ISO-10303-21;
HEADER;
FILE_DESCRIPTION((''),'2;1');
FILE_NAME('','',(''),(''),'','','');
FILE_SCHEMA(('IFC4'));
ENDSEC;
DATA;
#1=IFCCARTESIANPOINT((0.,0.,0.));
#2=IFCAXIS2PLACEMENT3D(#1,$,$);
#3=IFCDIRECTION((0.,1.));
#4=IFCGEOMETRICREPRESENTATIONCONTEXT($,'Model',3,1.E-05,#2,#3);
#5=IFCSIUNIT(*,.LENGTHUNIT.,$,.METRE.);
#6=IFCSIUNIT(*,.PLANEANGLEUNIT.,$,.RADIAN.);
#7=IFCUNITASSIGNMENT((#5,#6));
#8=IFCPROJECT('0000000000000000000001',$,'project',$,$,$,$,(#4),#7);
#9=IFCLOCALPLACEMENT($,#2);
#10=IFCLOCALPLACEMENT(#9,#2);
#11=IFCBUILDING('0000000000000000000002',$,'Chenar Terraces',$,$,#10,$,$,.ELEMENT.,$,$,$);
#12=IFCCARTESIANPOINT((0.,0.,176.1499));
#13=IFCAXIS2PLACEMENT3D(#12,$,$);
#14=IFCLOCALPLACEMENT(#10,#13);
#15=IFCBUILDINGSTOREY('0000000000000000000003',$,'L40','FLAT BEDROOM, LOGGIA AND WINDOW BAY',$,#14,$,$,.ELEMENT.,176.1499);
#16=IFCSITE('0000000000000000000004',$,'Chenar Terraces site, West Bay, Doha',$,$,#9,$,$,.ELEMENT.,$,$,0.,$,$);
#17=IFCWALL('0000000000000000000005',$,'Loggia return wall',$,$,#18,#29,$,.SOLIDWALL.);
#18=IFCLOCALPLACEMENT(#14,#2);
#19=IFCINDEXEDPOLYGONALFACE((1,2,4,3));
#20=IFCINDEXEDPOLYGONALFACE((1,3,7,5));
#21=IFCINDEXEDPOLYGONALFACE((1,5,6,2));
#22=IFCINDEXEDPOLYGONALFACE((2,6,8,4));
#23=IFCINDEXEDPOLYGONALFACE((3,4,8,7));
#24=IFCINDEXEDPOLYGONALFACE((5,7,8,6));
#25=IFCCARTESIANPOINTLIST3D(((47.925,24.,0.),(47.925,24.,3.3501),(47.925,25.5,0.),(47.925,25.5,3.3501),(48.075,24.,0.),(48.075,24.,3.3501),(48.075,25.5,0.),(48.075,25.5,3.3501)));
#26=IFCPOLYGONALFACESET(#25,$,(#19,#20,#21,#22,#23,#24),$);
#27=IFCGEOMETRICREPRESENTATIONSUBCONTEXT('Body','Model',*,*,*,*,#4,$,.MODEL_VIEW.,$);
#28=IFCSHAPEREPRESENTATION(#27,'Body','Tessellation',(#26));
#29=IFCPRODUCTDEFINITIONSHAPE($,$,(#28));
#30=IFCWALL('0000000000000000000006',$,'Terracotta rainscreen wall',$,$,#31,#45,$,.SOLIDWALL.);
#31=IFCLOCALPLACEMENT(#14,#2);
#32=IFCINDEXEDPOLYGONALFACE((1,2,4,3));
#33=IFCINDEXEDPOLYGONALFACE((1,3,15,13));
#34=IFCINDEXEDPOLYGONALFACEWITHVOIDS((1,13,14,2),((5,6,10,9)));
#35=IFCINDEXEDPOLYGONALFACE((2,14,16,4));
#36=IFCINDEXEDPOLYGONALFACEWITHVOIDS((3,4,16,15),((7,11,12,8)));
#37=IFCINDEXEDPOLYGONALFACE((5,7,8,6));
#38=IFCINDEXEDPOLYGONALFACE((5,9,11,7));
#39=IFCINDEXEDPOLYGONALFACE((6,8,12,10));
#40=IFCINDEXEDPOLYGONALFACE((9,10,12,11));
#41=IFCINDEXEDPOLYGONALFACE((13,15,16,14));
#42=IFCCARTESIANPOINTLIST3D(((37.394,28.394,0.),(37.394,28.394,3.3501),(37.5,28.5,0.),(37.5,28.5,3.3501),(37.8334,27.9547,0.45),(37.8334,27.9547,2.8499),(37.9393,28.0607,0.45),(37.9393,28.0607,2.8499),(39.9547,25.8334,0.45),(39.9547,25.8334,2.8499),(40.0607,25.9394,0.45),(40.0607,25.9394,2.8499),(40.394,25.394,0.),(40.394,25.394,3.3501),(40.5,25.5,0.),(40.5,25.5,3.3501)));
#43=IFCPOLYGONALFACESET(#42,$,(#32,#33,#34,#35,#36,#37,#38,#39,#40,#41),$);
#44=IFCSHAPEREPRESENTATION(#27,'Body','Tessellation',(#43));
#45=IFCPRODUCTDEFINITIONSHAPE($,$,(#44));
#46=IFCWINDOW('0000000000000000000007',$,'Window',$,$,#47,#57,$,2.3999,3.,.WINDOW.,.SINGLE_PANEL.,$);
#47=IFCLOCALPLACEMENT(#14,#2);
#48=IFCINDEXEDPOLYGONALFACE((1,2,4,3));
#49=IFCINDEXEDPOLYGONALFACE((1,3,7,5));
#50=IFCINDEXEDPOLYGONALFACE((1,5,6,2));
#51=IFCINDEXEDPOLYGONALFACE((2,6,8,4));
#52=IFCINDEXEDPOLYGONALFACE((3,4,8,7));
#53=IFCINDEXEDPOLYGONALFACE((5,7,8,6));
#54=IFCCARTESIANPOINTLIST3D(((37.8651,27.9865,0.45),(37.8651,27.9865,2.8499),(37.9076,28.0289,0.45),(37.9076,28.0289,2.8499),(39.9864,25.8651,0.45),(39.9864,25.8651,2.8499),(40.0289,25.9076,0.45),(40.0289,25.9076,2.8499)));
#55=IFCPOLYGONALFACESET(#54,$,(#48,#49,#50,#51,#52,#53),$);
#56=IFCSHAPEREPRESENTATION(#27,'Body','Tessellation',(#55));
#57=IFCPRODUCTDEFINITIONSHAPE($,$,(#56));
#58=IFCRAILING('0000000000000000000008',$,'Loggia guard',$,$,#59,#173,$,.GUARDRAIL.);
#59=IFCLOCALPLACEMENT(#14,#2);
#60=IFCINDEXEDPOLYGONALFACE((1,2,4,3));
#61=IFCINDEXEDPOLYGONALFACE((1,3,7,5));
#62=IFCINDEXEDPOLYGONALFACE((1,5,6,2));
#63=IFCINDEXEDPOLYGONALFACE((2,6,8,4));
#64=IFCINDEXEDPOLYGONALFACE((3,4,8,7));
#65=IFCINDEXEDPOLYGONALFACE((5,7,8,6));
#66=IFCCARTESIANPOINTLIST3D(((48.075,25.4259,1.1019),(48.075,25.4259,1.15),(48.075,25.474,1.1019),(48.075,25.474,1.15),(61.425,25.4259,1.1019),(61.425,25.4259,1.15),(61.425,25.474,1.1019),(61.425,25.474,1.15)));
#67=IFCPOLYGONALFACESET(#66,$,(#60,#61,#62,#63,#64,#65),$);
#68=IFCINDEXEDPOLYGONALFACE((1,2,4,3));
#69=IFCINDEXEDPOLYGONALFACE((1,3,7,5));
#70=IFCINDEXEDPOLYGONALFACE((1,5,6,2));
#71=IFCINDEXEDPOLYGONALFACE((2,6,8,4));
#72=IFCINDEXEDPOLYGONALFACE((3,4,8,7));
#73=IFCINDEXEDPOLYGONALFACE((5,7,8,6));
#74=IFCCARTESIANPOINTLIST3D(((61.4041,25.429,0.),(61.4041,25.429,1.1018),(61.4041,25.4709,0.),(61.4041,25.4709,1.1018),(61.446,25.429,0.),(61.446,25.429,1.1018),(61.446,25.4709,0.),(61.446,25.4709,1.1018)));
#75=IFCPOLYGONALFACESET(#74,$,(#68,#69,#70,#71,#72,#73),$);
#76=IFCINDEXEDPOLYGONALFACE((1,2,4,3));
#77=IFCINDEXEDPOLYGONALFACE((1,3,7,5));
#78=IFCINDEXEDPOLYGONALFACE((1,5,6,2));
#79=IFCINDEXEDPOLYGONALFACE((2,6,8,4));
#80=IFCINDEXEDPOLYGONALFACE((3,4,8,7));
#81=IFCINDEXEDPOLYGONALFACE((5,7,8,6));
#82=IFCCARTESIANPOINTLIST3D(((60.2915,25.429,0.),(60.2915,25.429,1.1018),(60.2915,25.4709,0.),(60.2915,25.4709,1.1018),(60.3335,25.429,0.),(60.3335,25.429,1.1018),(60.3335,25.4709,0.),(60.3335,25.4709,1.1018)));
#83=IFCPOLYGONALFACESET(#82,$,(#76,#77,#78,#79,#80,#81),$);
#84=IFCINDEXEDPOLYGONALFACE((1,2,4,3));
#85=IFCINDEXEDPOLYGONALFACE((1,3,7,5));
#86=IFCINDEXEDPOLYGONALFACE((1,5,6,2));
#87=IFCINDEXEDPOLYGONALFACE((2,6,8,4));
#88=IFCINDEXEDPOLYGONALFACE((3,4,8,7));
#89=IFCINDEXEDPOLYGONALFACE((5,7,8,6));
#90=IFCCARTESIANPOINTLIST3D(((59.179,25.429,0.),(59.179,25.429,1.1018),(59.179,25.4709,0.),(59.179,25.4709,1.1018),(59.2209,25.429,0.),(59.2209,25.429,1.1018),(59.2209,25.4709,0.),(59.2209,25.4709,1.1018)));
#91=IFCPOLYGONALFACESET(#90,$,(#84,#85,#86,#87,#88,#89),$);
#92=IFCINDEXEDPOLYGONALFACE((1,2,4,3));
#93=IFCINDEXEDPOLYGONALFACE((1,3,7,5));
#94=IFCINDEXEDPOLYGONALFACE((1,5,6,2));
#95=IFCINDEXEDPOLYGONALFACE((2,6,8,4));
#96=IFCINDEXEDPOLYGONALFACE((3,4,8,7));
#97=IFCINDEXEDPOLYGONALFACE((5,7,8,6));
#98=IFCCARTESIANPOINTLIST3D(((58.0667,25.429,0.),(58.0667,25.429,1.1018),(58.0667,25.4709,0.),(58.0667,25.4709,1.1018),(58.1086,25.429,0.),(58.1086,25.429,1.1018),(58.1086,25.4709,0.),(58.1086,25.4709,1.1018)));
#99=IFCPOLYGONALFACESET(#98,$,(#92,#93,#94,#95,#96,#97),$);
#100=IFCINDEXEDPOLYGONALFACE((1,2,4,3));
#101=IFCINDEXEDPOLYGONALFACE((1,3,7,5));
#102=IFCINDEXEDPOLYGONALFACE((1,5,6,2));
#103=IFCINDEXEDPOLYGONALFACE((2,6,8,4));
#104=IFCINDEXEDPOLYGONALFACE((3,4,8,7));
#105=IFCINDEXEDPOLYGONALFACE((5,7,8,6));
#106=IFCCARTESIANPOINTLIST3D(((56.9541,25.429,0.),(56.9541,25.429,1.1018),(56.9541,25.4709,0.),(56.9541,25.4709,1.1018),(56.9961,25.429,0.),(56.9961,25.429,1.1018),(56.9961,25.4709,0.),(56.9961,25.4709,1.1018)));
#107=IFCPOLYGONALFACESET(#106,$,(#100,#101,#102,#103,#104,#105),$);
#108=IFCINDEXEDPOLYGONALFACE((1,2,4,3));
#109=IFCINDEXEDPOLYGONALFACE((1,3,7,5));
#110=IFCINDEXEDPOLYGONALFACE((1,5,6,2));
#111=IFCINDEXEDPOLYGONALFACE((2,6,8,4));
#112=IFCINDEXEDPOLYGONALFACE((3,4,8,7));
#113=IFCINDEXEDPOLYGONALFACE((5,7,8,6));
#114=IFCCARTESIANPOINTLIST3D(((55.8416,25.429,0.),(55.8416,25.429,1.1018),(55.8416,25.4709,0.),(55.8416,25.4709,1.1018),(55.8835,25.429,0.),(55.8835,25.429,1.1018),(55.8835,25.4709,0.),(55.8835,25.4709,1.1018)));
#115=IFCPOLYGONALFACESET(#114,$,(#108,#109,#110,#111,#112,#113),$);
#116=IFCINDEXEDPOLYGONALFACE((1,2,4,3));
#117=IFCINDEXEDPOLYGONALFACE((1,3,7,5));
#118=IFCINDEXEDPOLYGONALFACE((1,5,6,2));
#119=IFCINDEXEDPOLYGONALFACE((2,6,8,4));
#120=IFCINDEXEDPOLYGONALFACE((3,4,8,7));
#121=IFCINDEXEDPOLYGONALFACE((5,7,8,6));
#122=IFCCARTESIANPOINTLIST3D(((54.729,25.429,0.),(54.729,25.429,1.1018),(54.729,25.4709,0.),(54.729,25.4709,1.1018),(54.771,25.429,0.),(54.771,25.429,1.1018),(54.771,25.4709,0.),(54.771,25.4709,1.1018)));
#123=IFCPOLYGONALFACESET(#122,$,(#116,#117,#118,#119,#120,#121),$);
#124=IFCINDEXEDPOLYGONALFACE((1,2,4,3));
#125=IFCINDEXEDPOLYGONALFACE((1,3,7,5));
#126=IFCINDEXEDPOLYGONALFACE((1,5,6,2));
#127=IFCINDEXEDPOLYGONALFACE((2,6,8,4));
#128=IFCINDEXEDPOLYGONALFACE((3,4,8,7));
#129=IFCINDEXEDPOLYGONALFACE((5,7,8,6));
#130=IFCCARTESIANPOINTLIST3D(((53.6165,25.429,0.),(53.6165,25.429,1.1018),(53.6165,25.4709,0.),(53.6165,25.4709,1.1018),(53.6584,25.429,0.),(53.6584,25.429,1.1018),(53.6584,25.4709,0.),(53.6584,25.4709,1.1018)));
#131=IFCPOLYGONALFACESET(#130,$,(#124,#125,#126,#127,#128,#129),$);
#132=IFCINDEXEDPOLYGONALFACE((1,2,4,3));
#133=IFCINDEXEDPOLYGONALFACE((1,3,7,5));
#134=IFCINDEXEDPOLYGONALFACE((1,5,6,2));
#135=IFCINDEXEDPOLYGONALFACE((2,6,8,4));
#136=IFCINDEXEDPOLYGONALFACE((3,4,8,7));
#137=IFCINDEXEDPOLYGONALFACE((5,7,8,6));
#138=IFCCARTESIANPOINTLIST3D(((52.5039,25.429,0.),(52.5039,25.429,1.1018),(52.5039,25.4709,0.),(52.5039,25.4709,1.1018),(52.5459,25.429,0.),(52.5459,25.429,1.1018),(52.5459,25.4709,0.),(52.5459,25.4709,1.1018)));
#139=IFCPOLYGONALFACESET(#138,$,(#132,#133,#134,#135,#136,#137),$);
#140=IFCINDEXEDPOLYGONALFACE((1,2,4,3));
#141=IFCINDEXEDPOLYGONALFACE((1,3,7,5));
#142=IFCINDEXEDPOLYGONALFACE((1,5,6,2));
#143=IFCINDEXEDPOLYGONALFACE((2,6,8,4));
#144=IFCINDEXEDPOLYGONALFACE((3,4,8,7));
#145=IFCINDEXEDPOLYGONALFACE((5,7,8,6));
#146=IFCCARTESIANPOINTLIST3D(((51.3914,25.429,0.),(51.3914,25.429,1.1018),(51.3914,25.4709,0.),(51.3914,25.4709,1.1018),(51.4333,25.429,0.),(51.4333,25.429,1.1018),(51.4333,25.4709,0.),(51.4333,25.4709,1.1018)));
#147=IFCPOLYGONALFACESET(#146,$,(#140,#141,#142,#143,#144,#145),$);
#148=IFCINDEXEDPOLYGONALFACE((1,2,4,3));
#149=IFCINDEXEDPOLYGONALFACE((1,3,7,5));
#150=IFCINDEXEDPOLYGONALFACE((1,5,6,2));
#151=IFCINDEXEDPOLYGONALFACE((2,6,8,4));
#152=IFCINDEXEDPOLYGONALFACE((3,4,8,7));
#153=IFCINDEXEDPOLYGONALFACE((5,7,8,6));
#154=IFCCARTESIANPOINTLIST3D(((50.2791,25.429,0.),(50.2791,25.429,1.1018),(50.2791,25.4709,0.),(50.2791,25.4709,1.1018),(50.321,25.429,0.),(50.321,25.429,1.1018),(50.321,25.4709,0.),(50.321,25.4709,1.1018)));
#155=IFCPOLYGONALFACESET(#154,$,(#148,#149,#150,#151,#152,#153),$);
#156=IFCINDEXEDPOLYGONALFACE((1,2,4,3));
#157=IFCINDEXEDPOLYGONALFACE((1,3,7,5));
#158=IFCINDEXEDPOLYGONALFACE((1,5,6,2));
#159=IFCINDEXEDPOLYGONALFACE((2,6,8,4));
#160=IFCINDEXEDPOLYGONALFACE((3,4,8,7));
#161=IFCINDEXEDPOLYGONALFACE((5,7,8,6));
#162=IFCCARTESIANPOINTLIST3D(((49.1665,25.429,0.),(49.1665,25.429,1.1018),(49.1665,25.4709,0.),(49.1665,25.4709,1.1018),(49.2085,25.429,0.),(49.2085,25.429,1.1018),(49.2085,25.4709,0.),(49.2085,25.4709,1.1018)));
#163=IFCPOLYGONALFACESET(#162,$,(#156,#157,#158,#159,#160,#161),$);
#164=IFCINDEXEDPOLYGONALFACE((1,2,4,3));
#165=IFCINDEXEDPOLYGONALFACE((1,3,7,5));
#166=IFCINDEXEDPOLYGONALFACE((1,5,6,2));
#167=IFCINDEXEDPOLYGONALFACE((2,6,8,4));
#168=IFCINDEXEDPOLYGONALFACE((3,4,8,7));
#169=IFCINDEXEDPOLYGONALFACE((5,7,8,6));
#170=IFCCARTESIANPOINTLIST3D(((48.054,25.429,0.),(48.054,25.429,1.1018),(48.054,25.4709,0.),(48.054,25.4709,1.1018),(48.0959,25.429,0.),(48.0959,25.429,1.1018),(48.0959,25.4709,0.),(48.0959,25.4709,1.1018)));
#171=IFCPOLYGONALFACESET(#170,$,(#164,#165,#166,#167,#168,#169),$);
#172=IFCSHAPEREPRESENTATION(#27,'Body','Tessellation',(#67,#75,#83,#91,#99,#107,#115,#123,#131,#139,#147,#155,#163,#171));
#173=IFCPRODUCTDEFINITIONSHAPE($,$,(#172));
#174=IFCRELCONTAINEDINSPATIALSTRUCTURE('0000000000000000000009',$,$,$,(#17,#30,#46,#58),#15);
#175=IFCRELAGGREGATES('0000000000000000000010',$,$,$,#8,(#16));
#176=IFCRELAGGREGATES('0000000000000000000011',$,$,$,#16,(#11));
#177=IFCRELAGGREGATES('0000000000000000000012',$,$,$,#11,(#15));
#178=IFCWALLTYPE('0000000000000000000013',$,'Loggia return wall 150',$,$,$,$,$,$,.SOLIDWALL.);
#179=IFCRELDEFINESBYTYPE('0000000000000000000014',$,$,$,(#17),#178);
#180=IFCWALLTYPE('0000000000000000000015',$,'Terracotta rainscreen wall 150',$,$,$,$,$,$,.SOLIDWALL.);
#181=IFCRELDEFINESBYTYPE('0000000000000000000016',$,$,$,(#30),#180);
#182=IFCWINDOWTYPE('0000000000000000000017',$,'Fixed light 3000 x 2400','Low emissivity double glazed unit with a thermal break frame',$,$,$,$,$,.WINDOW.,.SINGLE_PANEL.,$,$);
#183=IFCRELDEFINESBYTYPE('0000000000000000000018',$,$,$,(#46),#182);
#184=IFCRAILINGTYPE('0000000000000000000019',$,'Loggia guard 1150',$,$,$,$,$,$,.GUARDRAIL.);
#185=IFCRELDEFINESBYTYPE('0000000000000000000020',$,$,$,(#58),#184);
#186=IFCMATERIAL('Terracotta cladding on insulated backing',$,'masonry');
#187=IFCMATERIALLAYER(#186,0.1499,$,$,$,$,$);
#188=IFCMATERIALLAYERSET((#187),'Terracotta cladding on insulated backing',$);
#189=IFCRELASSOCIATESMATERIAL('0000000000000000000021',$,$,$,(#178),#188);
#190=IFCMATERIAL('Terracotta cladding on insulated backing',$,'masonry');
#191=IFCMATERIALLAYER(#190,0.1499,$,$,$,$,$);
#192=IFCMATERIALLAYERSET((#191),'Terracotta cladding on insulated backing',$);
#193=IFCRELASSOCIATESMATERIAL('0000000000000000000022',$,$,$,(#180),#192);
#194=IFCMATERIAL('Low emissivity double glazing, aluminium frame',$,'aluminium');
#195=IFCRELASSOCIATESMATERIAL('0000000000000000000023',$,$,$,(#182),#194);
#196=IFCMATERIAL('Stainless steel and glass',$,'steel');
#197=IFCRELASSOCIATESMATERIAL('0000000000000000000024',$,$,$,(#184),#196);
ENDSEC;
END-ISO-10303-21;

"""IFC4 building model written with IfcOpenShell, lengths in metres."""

from ifc_helpers import new_model, si_unit, direction, frame, frame_2d, origin, origin_2d, place, context, subcontext, project, spatial, rectangle, extrude, material, layer, layer_set, type_object, element, fill, save


model = new_model("IFC4")

# Units and contexts
model_context = context("Model", 3, precision=1e-05, world=origin(), true_north=direction((0.0, 1.0)))
body_context = subcontext(model_context, "Body", "Model", "MODEL_VIEW")
ifc_project = project(units=[si_unit("LENGTHUNIT", "METRE"), si_unit("PLANEANGLEUNIT", "RADIAN")], contexts=[model_context])

# Site, building, storey
site_placement = place(None, origin())
site = spatial("IfcSite", under=ifc_project, at=site_placement, Name="Chenar Terraces site, West Bay, Doha", CompositionType="ELEMENT", RefElevation=0.0)
building_placement = place(site_placement, origin())
building = spatial("IfcBuilding", under=site, at=building_placement, Name="Chenar Terraces", CompositionType="ELEMENT")
storey_placement = place(building_placement, frame((0.0, 0.0, 176.1499)))
storey = spatial("IfcBuildingStorey", under=building, at=storey_placement, Name="L40", Description="FLAT BEDROOM, LOGGIA AND WINDOW BAY", CompositionType="ELEMENT", Elevation=176.1499)

# Wall
ifc_material_1 = material(Name="Terracotta cladding on insulated backing", Category="masonry")
ifc_layer_1 = layer(ifc_material_1, 0.1499)
ifc_layer_set_1 = layer_set([ifc_layer_1], Name="Terracotta cladding on insulated backing")
wall_type_1 = type_object("IfcWallType", Name="Loggia return wall 150", PredefinedType="SOLIDWALL", material=ifc_layer_set_1)
for number, where, z_axis, x_axis, name in (
    (1, (48.0, 25.5, 0.0), (0.0, 0.0, 1.0), (0.0, -1.0, 0.0), "Loggia return wall"),
):
    element("IfcWall", number, at=place(storey_placement, frame(where, z_axis=z_axis, x_axis=x_axis)), inside=storey, type_object=wall_type_1, Name=name, PredefinedType="SOLIDWALL", context=body_context, shape_type="SweptSolid", body=[
        extrude(rectangle(XDim=1.5, YDim=0.1499, at=frame_2d((0.75, 0.0))), origin(), (0.0, 0.0, 1.0), 3.3501),
    ])

# Wall, opening, window
ifc_material_2 = material(Name="Terracotta cladding on insulated backing", Category="masonry")
ifc_layer_2 = layer(ifc_material_2, 0.1499)
ifc_layer_set_2 = layer_set([ifc_layer_2], Name="Terracotta cladding on insulated backing")
wall_type_2 = type_object("IfcWallType", Name="Terracotta rainscreen wall 150", PredefinedType="SOLIDWALL", material=ifc_layer_set_2)
wall_placement = place(storey_placement, frame((40.447, 25.447, 0.0), z_axis=(0.0, 0.0, 1.0), x_axis=(-0.707107, 0.707107, 0.0)))
wall = element("IfcWall", 2, at=wall_placement, inside=storey, type_object=wall_type_2, Name="Terracotta rainscreen wall", PredefinedType="SOLIDWALL", context=body_context, shape_type="SweptSolid", body=[
    extrude(rectangle(XDim=4.2427, YDim=0.1499, at=frame_2d((2.1213, 0.0))), origin(), (0.0, 0.0, 1.0), 3.3501),
])
opening_placement = place(wall_placement, frame((0.6213, 0.0, 0.45)))
opening = element("IfcOpeningElement", 3, at=opening_placement, cuts=wall, PredefinedType="OPENING", context=body_context, shape_type="SweptSolid", body=[
    extrude(rectangle(XDim=3.0, YDim=2.3999, at=frame_2d((1.5, 1.2))), frame((0.0, 0.085, 0.0), z_axis=(0.0, -1.0, 0.0), x_axis=(1.0, 0.0, 0.0)), (0.0, 0.0, 1.0), 0.1699),
])
ifc_material_3 = material(Name="Low emissivity double glazing, aluminium frame", Category="aluminium")
window_type = type_object("IfcWindowType", Name="Fixed light 3000 x 2400", Description="Low emissivity double glazed unit with a thermal break frame", PartitioningType="SINGLE_PANEL", PredefinedType="WINDOW", material=ifc_material_3)
window_placement = place(opening_placement, origin())
window = element("IfcWindow", 4, at=window_placement, inside=storey, type_object=window_type, Name="Window", OverallHeight=2.3999, OverallWidth=3.0, PartitioningType="SINGLE_PANEL", PredefinedType="WINDOW", context=body_context, shape_type="SweptSolid", body=[
    extrude(rectangle(XDim=3.0, YDim=2.3999, at=frame_2d((1.5, 1.2))), frame((0.0, 0.03, 0.0), z_axis=(0.0, -1.0, 0.0), x_axis=(1.0, 0.0, 0.0)), (0.0, 0.0, 1.0), 0.0601),
])
fill(opening, window)

# Railing
ifc_material_4 = material(Name="Stainless steel and glass", Category="steel")
railing_type = type_object("IfcRailingType", Name="Loggia guard 1150", PredefinedType="GUARDRAIL", material=ifc_material_4)
railing_placement = place(storey_placement, frame((61.425, 25.45, 0.0)))
element("IfcRailing", 5, at=railing_placement, inside=storey, type_object=railing_type, Name="Loggia guard", PredefinedType="GUARDRAIL", context=body_context, shape_type="SweptSolid", body=[
    extrude(rectangle(XDim=0.0481, YDim=0.0481, at=origin_2d()), frame((0.0, 0.0, 1.126), z_axis=(-1.0, 0.0, 0.0), x_axis=(0.0, -1.0, 0.0)), (0.0, 0.0, 1.0), 13.3501),
    extrude(rectangle(XDim=0.042, YDim=0.042, at=origin_2d()), origin(), (0.0, 0.0, 1.0), 1.1018),
    extrude(rectangle(XDim=0.042, YDim=0.042, at=origin_2d()), frame((-1.1125, 0.0, 0.0)), (0.0, 0.0, 1.0), 1.1018),
    extrude(rectangle(XDim=0.042, YDim=0.042, at=origin_2d()), frame((-2.2251, 0.0, 0.0)), (0.0, 0.0, 1.0), 1.1018),
    extrude(rectangle(XDim=0.042, YDim=0.042, at=origin_2d()), frame((-3.3374, 0.0, 0.0)), (0.0, 0.0, 1.0), 1.1018),
    extrude(rectangle(XDim=0.042, YDim=0.042, at=origin_2d()), frame((-4.45, 0.0, 0.0)), (0.0, 0.0, 1.0), 1.1018),
    extrude(rectangle(XDim=0.042, YDim=0.042, at=origin_2d()), frame((-5.5625, 0.0, 0.0)), (0.0, 0.0, 1.0), 1.1018),
    extrude(rectangle(XDim=0.042, YDim=0.042, at=origin_2d()), frame((-6.675, 0.0, 0.0)), (0.0, 0.0, 1.0), 1.1018),
    extrude(rectangle(XDim=0.042, YDim=0.042, at=origin_2d()), frame((-7.7876, 0.0, 0.0)), (0.0, 0.0, 1.0), 1.1018),
    extrude(rectangle(XDim=0.042, YDim=0.042, at=origin_2d()), frame((-8.9001, 0.0, 0.0)), (0.0, 0.0, 1.0), 1.1018),
    extrude(rectangle(XDim=0.042, YDim=0.042, at=origin_2d()), frame((-10.0127, 0.0, 0.0)), (0.0, 0.0, 1.0), 1.1018),
    extrude(rectangle(XDim=0.042, YDim=0.042, at=origin_2d()), frame((-11.125, 0.0, 0.0)), (0.0, 0.0, 1.0), 1.1018),
    extrude(rectangle(XDim=0.042, YDim=0.042, at=origin_2d()), frame((-12.2375, 0.0, 0.0)), (0.0, 0.0, 1.0), 1.1018),
    extrude(rectangle(XDim=0.042, YDim=0.042, at=origin_2d()), frame((-13.3501, 0.0, 0.0)), (0.0, 0.0, 1.0), 1.1018),
])

save(model, "model.ifc")
